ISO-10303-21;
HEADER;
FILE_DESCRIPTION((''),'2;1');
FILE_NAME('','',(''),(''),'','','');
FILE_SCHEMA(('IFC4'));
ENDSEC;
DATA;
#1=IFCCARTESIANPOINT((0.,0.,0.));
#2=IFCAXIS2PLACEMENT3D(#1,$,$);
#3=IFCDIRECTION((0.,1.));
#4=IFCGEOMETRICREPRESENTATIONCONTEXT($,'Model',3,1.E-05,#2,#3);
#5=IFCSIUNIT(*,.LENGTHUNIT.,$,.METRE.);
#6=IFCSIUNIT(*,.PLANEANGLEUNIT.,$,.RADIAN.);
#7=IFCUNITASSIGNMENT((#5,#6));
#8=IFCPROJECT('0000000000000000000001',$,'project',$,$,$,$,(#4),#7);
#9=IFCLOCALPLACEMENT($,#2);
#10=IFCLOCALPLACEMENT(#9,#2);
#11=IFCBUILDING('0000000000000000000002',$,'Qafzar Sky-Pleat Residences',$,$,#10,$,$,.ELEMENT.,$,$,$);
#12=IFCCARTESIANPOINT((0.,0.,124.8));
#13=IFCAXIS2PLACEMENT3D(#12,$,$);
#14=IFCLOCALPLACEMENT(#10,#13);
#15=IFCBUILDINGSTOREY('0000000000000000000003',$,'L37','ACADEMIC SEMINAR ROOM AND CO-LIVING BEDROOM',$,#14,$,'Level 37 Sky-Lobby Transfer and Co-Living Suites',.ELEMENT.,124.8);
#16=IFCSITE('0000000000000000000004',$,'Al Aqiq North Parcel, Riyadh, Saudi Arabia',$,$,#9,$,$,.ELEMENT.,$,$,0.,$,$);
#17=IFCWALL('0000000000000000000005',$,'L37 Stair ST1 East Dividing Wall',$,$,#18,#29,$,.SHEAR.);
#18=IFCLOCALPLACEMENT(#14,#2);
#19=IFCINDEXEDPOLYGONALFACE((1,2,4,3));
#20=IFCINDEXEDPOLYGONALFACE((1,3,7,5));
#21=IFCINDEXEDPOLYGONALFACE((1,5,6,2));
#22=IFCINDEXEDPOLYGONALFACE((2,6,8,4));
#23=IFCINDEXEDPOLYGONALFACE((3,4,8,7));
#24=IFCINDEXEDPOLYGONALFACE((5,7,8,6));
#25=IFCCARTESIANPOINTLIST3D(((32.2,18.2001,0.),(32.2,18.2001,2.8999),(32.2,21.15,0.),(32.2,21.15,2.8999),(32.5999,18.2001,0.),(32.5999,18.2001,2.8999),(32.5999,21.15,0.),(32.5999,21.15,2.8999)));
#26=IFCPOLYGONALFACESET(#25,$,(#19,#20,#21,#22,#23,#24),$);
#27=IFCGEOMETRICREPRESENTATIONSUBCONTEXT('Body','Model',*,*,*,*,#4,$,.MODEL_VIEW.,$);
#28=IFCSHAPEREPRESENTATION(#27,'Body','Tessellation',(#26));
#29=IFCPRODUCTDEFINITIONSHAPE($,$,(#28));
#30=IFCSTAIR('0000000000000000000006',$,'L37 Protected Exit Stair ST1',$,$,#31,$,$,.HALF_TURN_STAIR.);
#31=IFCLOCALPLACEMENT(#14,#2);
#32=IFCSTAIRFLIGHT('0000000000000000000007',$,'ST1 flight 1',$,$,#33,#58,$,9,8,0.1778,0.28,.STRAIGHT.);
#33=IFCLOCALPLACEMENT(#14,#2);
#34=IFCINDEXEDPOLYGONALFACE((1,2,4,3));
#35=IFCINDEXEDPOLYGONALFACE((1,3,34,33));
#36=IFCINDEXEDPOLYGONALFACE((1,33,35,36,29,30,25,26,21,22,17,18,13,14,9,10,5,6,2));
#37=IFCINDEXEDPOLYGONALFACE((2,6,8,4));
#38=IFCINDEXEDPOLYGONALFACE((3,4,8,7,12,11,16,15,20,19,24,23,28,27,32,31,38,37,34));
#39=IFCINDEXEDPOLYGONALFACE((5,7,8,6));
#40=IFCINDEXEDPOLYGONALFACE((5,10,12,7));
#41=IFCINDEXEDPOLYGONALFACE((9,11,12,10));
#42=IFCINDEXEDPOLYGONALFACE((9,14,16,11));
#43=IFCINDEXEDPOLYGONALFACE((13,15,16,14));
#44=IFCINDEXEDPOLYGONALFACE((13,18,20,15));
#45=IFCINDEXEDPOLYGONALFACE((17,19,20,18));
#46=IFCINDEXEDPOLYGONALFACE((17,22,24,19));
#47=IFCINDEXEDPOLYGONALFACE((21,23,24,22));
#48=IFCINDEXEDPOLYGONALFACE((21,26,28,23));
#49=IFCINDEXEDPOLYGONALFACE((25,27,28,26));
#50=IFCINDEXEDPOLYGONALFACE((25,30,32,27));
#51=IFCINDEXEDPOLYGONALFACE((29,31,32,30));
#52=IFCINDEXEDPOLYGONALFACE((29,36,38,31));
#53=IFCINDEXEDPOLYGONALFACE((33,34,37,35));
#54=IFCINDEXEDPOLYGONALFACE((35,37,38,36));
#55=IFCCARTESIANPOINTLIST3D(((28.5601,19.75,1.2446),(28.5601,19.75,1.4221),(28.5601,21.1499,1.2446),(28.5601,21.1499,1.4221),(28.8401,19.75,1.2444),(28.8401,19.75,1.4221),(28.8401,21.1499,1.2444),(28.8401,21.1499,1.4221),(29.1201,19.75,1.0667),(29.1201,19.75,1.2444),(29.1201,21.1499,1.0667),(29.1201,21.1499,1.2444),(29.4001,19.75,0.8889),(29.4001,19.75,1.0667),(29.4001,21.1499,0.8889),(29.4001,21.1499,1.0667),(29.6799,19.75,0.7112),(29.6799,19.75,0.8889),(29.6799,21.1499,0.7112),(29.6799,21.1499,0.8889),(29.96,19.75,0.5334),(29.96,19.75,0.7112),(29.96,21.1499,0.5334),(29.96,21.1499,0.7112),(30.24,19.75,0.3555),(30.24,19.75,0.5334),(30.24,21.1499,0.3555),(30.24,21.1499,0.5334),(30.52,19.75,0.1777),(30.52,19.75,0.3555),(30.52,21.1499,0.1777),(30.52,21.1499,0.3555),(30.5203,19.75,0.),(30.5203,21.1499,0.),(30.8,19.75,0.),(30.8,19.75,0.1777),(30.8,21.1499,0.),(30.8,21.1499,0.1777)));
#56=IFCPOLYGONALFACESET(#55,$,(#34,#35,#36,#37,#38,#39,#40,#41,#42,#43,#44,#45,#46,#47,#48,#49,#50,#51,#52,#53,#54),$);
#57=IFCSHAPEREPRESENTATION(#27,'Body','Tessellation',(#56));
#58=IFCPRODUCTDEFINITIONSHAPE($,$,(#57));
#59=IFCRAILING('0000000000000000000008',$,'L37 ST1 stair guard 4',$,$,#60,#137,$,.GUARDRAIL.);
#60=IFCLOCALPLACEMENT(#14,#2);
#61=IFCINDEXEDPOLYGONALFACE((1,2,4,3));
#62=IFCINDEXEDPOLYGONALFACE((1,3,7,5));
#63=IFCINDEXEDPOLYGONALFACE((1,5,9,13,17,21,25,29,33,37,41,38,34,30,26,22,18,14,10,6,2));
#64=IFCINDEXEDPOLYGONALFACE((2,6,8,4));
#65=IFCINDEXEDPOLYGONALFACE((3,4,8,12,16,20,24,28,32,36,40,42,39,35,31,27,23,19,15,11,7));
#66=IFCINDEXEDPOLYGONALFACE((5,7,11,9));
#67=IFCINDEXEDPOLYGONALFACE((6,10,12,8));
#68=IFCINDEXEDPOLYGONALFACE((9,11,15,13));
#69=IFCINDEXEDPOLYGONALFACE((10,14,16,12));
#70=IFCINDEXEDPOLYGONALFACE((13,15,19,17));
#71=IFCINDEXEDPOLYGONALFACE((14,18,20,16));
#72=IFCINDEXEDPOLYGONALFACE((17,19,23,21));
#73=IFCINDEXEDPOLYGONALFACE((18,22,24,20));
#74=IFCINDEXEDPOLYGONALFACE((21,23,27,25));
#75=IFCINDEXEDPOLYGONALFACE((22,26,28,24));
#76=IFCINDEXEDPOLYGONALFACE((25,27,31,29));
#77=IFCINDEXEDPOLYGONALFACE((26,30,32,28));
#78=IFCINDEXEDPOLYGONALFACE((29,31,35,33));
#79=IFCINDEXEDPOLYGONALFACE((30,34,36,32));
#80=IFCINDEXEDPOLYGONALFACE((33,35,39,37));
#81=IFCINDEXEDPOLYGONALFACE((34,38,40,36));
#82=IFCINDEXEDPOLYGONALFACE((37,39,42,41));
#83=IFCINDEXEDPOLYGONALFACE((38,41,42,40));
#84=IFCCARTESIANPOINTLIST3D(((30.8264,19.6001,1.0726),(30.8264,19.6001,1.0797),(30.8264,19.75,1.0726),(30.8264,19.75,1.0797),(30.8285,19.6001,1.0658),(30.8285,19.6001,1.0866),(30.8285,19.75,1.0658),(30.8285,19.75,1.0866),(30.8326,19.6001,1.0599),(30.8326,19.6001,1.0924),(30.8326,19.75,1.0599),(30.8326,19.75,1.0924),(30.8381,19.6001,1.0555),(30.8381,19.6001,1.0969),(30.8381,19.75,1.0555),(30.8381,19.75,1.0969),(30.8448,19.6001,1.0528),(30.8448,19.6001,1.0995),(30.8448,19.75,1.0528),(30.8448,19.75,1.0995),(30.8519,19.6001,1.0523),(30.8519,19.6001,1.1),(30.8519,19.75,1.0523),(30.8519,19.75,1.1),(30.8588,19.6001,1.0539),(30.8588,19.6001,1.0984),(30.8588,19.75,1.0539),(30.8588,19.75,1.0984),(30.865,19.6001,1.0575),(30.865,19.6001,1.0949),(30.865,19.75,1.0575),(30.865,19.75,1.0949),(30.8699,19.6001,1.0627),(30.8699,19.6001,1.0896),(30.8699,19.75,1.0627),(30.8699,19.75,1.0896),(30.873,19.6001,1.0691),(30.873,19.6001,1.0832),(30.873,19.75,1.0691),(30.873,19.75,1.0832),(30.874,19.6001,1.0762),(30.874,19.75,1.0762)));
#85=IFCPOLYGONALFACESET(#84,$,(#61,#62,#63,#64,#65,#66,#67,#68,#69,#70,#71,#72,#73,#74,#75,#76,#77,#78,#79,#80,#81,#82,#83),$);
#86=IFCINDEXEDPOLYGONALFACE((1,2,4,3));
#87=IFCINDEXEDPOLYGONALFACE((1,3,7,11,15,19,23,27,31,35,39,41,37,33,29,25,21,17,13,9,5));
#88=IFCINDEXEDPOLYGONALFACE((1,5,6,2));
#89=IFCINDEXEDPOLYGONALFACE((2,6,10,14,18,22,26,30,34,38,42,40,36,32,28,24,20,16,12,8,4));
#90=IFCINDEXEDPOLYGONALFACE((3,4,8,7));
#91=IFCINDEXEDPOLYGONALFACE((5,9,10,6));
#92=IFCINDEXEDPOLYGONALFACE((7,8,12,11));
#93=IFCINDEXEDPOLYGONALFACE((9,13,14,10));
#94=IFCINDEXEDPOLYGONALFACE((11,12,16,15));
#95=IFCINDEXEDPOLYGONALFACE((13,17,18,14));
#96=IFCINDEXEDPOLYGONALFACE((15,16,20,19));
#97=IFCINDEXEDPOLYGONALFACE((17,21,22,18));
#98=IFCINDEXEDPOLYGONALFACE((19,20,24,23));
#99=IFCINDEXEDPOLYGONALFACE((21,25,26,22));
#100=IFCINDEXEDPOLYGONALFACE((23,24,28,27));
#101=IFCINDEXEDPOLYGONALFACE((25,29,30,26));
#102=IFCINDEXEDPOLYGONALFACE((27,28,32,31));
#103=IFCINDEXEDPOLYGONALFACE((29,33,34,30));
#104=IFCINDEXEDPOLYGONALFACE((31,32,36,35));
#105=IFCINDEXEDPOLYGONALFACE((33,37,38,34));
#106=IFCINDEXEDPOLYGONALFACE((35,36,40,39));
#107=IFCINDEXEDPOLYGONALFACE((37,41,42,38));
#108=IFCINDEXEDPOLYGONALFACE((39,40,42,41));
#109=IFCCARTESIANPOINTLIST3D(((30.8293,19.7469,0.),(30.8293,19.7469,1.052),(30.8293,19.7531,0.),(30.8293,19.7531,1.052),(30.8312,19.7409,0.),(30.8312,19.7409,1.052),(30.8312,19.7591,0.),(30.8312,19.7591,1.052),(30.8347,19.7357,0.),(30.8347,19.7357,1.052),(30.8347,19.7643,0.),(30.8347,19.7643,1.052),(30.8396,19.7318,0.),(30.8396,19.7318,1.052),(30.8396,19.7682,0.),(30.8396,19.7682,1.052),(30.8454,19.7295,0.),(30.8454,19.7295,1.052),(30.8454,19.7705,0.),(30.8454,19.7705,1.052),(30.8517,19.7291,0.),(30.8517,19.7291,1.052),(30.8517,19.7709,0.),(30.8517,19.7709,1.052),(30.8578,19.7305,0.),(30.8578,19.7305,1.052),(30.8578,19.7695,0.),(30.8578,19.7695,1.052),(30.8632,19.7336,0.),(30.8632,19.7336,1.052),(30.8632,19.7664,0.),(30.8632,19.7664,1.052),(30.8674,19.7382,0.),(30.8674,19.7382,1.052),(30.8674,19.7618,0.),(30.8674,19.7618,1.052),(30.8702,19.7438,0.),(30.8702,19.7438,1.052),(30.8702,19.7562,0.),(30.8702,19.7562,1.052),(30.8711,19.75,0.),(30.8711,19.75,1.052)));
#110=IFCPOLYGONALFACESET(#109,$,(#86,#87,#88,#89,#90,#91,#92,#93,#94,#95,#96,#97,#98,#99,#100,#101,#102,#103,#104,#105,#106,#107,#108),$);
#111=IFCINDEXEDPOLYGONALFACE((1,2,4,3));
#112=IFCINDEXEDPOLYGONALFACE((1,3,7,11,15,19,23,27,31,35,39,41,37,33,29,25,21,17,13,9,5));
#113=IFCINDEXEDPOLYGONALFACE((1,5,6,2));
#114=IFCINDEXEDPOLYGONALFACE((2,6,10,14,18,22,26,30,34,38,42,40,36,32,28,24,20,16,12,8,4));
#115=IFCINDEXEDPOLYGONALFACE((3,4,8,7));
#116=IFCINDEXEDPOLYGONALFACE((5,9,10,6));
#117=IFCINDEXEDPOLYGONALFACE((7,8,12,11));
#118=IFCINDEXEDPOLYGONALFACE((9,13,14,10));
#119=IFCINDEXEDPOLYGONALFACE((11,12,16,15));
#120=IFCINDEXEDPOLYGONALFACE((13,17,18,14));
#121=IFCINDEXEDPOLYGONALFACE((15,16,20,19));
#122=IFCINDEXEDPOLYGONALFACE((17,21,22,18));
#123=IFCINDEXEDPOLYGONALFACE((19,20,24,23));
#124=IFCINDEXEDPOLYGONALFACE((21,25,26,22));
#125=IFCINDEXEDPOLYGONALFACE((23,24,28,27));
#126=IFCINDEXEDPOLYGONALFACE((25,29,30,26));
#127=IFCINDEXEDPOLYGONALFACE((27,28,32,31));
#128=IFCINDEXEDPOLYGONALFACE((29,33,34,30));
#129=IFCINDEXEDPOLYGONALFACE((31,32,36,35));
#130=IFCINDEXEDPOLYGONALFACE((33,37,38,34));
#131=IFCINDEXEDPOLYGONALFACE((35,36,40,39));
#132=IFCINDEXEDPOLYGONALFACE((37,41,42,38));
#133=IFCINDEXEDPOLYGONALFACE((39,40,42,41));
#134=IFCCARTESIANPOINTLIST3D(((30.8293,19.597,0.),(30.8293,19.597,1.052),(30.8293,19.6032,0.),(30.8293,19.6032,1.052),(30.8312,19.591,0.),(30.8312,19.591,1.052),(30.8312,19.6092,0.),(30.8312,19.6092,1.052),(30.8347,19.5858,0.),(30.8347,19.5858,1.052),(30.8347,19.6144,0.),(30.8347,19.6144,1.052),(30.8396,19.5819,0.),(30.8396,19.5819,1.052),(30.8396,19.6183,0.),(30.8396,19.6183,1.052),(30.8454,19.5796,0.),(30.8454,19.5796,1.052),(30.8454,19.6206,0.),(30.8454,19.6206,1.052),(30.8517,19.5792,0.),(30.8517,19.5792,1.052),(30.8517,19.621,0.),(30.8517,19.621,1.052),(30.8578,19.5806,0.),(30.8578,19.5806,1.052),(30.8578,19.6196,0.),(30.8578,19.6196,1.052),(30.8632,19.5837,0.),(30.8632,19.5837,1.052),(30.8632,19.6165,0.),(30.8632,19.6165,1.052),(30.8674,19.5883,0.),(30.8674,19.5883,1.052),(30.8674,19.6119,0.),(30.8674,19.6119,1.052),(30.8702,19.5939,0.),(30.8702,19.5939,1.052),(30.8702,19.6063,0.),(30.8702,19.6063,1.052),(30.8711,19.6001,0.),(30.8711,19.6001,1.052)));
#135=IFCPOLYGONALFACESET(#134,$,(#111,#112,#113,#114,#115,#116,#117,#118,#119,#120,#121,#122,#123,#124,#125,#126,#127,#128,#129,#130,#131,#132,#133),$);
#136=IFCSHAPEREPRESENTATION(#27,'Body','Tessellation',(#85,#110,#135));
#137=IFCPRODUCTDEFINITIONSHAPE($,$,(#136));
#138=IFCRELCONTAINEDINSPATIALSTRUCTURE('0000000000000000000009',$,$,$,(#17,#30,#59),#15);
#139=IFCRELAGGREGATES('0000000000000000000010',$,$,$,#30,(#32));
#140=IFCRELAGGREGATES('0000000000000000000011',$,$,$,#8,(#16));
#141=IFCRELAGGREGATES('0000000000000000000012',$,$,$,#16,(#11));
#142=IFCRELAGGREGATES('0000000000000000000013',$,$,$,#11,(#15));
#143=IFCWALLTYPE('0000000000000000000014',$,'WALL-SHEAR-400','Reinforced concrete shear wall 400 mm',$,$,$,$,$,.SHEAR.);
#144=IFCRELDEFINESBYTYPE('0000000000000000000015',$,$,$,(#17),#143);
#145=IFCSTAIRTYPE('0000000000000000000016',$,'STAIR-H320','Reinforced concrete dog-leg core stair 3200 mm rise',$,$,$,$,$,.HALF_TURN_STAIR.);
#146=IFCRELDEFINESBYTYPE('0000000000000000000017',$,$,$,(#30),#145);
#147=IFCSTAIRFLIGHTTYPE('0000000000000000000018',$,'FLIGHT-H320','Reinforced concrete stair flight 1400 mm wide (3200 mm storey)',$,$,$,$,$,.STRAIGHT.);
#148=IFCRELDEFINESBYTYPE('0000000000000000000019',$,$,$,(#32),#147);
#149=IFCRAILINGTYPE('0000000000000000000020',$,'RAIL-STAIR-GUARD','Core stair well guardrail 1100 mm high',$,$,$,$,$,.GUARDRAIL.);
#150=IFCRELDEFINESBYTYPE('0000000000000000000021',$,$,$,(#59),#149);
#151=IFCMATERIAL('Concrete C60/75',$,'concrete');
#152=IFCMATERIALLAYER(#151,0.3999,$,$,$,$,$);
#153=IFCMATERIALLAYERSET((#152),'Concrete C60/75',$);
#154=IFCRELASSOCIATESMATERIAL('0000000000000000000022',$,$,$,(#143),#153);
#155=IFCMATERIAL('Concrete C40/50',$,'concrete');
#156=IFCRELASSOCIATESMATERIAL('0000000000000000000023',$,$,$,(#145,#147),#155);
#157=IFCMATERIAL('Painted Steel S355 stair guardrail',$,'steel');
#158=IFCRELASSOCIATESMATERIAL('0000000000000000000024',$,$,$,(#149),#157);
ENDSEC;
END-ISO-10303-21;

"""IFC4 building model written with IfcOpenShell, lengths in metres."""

from ifc_helpers import new_model, si_unit, direction, frame, frame_2d, origin, origin_2d, place, context, subcontext, project, spatial, polyline, rectangle, circle, outline, extrude, source, transform, mapped, material, layer, layer_set, type_object, element, aggregate, save


model = new_model("IFC4")

# Units and contexts
model_context = context("Model", 3, precision=1e-05, world=origin(), true_north=direction((0.0, 1.0)))
body_context = subcontext(model_context, "Body", "Model", "MODEL_VIEW")
ifc_project = project(units=[si_unit("LENGTHUNIT", "METRE"), si_unit("PLANEANGLEUNIT", "RADIAN")], contexts=[model_context])

# Site, building, storey
site_placement = place(None, origin())
site = spatial("IfcSite", under=ifc_project, at=site_placement, Name="Al Aqiq North Parcel, Riyadh, Saudi Arabia", CompositionType="ELEMENT", RefElevation=0.0)
building_placement = place(site_placement, origin())
building = spatial("IfcBuilding", under=site, at=building_placement, Name="Qafzar Sky-Pleat Residences", CompositionType="ELEMENT")
storey_placement = place(building_placement, frame((0.0, 0.0, 124.8)))
storey = spatial("IfcBuildingStorey", under=building, at=storey_placement, Name="L37", Description="ACADEMIC SEMINAR ROOM AND CO-LIVING BEDROOM", LongName="Level 37 Sky-Lobby Transfer and Co-Living Suites", CompositionType="ELEMENT", Elevation=124.8)

# Wall
ifc_material_1 = material(Name="Concrete C60/75", Category="concrete")
ifc_layer_1 = layer(ifc_material_1, 0.3999)
ifc_layer_set_1 = layer_set([ifc_layer_1], Name="Concrete C60/75")
wall_type_1 = type_object("IfcWallType", Name="WALL-SHEAR-400", Description="Reinforced concrete shear wall 400 mm", PredefinedType="SHEAR", material=ifc_layer_set_1)
wall_1_placement = place(storey_placement, frame((32.3999, 18.2, 0.0), z_axis=(0.0, 0.0, 1.0), x_axis=(0.0, 1.0, 0.0)))
element("IfcWall", 1, at=wall_1_placement, inside=storey, type_object=wall_type_1, Name="L37 Stair ST1 East Dividing Wall", PredefinedType="SHEAR", context=body_context, shape_type="SweptSolid", body=[
    extrude(rectangle(XDim=2.95, YDim=0.3999, at=frame_2d((1.4751, 0.0))), origin(), (0.0, 0.0, 1.0), 2.8999),
])

# Stair, stair flight
ifc_material_2 = material(Name="Concrete C40/50", Category="concrete")
stair_type = type_object("IfcStairType", Name="STAIR-H320", Description="Reinforced concrete dog-leg core stair 3200 mm rise", PredefinedType="HALF_TURN_STAIR", material=ifc_material_2)
stair_placement = place(storey_placement, origin())
stair = element("IfcStair", 2, at=stair_placement, inside=storey, type_object=stair_type, Name="L37 Protected Exit Stair ST1", PredefinedType="HALF_TURN_STAIR")
stair_flight_type = type_object("IfcStairFlightType", Name="FLIGHT-H320", Description="Reinforced concrete stair flight 1400 mm wide (3200 mm storey)", PredefinedType="STRAIGHT", material=ifc_material_2)
shared_shape_1 = source(origin(), body_context, "Body", "SweptSolid", [
    extrude(outline(polyline([(0.0, 0.0), (0.0, 0.1777), (0.28, 0.1777), (0.28, 0.3555), (0.5601, 0.3555), (0.5601, 0.5334), (0.8401, 0.5334), (0.8401, 0.7112), (1.1201, 0.7112), (1.1201, 0.8889), (1.3999, 0.8889), (1.3999, 1.0667), (1.6799, 1.0667), (1.6799, 1.2444), (1.96, 1.2444), (1.96, 1.4221), (2.24, 1.4221), (2.24, 1.6001), (2.24, 1.2446), (0.2798, 0.0), (0.0, 0.0)])), frame((0.0, 0.7, 0.0), z_axis=(0.0, -1.0, 0.0), x_axis=(1.0, 0.0, 0.0)), (0.0, 0.0, 1.0), 1.3999),
])
stair_flight_placement = place(storey_placement, frame((30.8, 20.45, 0.0), z_axis=(0.0, 0.0, 1.0), x_axis=(-1.0, 0.0, 0.0)))
stair_flight = element("IfcStairFlight", 3, at=stair_flight_placement, type_object=stair_flight_type, Name="ST1 flight 1", NumberOfRisers=9, NumberOfTreads=8, PredefinedType="STRAIGHT", RiserHeight=0.1778, TreadLength=0.28, context=body_context, shape_type="MappedRepresentation", body=[
    mapped(shared_shape_1, transform((0.0, 0.0, 0.0), x_axis=(1.0, 0.0, 0.0), y_axis=(0.0, 1.0, 0.0), z_axis=(0.0, 0.0, 1.0), scale=1.0)),
])
aggregate(stair, [stair_flight])

# Railing
ifc_material_3 = material(Name="Painted Steel S355 stair guardrail", Category="steel")
railing_type_1 = type_object("IfcRailingType", Name="RAIL-STAIR-GUARD", Description="Core stair well guardrail 1100 mm high", PredefinedType="GUARDRAIL", material=ifc_material_3)
shared_shape_2 = source(origin(), body_context, "Body", "SweptSolid", [
    extrude(circle(Radius=0.0239, at=origin_2d()), frame((0.0, 0.0, 1.0762), z_axis=(0.0, -1.0, 0.0), x_axis=(1.0, 0.0, 0.0)), (0.0, 0.0, 1.0), 0.1499),
    extrude(circle(Radius=0.021, at=origin_2d()), origin(), (0.0, 0.0, 1.0), 1.052),
    extrude(circle(Radius=0.021, at=origin_2d()), frame((0.0, -0.1499, 0.0)), (0.0, 0.0, 1.0), 1.052),
])
railing_1_placement = place(storey_placement, frame((30.8501, 19.75, 0.0)))
element("IfcRailing", 4, at=railing_1_placement, inside=storey, type_object=railing_type_1, Name="L37 ST1 stair guard 4", PredefinedType="GUARDRAIL", context=body_context, shape_type="MappedRepresentation", body=[
    mapped(shared_shape_2, transform((0.0, 0.0, 0.0), x_axis=(1.0, 0.0, 0.0), y_axis=(0.0, 1.0, 0.0), z_axis=(0.0, 0.0, 1.0), scale=1.0)),
])

save(model, "model.ifc")
